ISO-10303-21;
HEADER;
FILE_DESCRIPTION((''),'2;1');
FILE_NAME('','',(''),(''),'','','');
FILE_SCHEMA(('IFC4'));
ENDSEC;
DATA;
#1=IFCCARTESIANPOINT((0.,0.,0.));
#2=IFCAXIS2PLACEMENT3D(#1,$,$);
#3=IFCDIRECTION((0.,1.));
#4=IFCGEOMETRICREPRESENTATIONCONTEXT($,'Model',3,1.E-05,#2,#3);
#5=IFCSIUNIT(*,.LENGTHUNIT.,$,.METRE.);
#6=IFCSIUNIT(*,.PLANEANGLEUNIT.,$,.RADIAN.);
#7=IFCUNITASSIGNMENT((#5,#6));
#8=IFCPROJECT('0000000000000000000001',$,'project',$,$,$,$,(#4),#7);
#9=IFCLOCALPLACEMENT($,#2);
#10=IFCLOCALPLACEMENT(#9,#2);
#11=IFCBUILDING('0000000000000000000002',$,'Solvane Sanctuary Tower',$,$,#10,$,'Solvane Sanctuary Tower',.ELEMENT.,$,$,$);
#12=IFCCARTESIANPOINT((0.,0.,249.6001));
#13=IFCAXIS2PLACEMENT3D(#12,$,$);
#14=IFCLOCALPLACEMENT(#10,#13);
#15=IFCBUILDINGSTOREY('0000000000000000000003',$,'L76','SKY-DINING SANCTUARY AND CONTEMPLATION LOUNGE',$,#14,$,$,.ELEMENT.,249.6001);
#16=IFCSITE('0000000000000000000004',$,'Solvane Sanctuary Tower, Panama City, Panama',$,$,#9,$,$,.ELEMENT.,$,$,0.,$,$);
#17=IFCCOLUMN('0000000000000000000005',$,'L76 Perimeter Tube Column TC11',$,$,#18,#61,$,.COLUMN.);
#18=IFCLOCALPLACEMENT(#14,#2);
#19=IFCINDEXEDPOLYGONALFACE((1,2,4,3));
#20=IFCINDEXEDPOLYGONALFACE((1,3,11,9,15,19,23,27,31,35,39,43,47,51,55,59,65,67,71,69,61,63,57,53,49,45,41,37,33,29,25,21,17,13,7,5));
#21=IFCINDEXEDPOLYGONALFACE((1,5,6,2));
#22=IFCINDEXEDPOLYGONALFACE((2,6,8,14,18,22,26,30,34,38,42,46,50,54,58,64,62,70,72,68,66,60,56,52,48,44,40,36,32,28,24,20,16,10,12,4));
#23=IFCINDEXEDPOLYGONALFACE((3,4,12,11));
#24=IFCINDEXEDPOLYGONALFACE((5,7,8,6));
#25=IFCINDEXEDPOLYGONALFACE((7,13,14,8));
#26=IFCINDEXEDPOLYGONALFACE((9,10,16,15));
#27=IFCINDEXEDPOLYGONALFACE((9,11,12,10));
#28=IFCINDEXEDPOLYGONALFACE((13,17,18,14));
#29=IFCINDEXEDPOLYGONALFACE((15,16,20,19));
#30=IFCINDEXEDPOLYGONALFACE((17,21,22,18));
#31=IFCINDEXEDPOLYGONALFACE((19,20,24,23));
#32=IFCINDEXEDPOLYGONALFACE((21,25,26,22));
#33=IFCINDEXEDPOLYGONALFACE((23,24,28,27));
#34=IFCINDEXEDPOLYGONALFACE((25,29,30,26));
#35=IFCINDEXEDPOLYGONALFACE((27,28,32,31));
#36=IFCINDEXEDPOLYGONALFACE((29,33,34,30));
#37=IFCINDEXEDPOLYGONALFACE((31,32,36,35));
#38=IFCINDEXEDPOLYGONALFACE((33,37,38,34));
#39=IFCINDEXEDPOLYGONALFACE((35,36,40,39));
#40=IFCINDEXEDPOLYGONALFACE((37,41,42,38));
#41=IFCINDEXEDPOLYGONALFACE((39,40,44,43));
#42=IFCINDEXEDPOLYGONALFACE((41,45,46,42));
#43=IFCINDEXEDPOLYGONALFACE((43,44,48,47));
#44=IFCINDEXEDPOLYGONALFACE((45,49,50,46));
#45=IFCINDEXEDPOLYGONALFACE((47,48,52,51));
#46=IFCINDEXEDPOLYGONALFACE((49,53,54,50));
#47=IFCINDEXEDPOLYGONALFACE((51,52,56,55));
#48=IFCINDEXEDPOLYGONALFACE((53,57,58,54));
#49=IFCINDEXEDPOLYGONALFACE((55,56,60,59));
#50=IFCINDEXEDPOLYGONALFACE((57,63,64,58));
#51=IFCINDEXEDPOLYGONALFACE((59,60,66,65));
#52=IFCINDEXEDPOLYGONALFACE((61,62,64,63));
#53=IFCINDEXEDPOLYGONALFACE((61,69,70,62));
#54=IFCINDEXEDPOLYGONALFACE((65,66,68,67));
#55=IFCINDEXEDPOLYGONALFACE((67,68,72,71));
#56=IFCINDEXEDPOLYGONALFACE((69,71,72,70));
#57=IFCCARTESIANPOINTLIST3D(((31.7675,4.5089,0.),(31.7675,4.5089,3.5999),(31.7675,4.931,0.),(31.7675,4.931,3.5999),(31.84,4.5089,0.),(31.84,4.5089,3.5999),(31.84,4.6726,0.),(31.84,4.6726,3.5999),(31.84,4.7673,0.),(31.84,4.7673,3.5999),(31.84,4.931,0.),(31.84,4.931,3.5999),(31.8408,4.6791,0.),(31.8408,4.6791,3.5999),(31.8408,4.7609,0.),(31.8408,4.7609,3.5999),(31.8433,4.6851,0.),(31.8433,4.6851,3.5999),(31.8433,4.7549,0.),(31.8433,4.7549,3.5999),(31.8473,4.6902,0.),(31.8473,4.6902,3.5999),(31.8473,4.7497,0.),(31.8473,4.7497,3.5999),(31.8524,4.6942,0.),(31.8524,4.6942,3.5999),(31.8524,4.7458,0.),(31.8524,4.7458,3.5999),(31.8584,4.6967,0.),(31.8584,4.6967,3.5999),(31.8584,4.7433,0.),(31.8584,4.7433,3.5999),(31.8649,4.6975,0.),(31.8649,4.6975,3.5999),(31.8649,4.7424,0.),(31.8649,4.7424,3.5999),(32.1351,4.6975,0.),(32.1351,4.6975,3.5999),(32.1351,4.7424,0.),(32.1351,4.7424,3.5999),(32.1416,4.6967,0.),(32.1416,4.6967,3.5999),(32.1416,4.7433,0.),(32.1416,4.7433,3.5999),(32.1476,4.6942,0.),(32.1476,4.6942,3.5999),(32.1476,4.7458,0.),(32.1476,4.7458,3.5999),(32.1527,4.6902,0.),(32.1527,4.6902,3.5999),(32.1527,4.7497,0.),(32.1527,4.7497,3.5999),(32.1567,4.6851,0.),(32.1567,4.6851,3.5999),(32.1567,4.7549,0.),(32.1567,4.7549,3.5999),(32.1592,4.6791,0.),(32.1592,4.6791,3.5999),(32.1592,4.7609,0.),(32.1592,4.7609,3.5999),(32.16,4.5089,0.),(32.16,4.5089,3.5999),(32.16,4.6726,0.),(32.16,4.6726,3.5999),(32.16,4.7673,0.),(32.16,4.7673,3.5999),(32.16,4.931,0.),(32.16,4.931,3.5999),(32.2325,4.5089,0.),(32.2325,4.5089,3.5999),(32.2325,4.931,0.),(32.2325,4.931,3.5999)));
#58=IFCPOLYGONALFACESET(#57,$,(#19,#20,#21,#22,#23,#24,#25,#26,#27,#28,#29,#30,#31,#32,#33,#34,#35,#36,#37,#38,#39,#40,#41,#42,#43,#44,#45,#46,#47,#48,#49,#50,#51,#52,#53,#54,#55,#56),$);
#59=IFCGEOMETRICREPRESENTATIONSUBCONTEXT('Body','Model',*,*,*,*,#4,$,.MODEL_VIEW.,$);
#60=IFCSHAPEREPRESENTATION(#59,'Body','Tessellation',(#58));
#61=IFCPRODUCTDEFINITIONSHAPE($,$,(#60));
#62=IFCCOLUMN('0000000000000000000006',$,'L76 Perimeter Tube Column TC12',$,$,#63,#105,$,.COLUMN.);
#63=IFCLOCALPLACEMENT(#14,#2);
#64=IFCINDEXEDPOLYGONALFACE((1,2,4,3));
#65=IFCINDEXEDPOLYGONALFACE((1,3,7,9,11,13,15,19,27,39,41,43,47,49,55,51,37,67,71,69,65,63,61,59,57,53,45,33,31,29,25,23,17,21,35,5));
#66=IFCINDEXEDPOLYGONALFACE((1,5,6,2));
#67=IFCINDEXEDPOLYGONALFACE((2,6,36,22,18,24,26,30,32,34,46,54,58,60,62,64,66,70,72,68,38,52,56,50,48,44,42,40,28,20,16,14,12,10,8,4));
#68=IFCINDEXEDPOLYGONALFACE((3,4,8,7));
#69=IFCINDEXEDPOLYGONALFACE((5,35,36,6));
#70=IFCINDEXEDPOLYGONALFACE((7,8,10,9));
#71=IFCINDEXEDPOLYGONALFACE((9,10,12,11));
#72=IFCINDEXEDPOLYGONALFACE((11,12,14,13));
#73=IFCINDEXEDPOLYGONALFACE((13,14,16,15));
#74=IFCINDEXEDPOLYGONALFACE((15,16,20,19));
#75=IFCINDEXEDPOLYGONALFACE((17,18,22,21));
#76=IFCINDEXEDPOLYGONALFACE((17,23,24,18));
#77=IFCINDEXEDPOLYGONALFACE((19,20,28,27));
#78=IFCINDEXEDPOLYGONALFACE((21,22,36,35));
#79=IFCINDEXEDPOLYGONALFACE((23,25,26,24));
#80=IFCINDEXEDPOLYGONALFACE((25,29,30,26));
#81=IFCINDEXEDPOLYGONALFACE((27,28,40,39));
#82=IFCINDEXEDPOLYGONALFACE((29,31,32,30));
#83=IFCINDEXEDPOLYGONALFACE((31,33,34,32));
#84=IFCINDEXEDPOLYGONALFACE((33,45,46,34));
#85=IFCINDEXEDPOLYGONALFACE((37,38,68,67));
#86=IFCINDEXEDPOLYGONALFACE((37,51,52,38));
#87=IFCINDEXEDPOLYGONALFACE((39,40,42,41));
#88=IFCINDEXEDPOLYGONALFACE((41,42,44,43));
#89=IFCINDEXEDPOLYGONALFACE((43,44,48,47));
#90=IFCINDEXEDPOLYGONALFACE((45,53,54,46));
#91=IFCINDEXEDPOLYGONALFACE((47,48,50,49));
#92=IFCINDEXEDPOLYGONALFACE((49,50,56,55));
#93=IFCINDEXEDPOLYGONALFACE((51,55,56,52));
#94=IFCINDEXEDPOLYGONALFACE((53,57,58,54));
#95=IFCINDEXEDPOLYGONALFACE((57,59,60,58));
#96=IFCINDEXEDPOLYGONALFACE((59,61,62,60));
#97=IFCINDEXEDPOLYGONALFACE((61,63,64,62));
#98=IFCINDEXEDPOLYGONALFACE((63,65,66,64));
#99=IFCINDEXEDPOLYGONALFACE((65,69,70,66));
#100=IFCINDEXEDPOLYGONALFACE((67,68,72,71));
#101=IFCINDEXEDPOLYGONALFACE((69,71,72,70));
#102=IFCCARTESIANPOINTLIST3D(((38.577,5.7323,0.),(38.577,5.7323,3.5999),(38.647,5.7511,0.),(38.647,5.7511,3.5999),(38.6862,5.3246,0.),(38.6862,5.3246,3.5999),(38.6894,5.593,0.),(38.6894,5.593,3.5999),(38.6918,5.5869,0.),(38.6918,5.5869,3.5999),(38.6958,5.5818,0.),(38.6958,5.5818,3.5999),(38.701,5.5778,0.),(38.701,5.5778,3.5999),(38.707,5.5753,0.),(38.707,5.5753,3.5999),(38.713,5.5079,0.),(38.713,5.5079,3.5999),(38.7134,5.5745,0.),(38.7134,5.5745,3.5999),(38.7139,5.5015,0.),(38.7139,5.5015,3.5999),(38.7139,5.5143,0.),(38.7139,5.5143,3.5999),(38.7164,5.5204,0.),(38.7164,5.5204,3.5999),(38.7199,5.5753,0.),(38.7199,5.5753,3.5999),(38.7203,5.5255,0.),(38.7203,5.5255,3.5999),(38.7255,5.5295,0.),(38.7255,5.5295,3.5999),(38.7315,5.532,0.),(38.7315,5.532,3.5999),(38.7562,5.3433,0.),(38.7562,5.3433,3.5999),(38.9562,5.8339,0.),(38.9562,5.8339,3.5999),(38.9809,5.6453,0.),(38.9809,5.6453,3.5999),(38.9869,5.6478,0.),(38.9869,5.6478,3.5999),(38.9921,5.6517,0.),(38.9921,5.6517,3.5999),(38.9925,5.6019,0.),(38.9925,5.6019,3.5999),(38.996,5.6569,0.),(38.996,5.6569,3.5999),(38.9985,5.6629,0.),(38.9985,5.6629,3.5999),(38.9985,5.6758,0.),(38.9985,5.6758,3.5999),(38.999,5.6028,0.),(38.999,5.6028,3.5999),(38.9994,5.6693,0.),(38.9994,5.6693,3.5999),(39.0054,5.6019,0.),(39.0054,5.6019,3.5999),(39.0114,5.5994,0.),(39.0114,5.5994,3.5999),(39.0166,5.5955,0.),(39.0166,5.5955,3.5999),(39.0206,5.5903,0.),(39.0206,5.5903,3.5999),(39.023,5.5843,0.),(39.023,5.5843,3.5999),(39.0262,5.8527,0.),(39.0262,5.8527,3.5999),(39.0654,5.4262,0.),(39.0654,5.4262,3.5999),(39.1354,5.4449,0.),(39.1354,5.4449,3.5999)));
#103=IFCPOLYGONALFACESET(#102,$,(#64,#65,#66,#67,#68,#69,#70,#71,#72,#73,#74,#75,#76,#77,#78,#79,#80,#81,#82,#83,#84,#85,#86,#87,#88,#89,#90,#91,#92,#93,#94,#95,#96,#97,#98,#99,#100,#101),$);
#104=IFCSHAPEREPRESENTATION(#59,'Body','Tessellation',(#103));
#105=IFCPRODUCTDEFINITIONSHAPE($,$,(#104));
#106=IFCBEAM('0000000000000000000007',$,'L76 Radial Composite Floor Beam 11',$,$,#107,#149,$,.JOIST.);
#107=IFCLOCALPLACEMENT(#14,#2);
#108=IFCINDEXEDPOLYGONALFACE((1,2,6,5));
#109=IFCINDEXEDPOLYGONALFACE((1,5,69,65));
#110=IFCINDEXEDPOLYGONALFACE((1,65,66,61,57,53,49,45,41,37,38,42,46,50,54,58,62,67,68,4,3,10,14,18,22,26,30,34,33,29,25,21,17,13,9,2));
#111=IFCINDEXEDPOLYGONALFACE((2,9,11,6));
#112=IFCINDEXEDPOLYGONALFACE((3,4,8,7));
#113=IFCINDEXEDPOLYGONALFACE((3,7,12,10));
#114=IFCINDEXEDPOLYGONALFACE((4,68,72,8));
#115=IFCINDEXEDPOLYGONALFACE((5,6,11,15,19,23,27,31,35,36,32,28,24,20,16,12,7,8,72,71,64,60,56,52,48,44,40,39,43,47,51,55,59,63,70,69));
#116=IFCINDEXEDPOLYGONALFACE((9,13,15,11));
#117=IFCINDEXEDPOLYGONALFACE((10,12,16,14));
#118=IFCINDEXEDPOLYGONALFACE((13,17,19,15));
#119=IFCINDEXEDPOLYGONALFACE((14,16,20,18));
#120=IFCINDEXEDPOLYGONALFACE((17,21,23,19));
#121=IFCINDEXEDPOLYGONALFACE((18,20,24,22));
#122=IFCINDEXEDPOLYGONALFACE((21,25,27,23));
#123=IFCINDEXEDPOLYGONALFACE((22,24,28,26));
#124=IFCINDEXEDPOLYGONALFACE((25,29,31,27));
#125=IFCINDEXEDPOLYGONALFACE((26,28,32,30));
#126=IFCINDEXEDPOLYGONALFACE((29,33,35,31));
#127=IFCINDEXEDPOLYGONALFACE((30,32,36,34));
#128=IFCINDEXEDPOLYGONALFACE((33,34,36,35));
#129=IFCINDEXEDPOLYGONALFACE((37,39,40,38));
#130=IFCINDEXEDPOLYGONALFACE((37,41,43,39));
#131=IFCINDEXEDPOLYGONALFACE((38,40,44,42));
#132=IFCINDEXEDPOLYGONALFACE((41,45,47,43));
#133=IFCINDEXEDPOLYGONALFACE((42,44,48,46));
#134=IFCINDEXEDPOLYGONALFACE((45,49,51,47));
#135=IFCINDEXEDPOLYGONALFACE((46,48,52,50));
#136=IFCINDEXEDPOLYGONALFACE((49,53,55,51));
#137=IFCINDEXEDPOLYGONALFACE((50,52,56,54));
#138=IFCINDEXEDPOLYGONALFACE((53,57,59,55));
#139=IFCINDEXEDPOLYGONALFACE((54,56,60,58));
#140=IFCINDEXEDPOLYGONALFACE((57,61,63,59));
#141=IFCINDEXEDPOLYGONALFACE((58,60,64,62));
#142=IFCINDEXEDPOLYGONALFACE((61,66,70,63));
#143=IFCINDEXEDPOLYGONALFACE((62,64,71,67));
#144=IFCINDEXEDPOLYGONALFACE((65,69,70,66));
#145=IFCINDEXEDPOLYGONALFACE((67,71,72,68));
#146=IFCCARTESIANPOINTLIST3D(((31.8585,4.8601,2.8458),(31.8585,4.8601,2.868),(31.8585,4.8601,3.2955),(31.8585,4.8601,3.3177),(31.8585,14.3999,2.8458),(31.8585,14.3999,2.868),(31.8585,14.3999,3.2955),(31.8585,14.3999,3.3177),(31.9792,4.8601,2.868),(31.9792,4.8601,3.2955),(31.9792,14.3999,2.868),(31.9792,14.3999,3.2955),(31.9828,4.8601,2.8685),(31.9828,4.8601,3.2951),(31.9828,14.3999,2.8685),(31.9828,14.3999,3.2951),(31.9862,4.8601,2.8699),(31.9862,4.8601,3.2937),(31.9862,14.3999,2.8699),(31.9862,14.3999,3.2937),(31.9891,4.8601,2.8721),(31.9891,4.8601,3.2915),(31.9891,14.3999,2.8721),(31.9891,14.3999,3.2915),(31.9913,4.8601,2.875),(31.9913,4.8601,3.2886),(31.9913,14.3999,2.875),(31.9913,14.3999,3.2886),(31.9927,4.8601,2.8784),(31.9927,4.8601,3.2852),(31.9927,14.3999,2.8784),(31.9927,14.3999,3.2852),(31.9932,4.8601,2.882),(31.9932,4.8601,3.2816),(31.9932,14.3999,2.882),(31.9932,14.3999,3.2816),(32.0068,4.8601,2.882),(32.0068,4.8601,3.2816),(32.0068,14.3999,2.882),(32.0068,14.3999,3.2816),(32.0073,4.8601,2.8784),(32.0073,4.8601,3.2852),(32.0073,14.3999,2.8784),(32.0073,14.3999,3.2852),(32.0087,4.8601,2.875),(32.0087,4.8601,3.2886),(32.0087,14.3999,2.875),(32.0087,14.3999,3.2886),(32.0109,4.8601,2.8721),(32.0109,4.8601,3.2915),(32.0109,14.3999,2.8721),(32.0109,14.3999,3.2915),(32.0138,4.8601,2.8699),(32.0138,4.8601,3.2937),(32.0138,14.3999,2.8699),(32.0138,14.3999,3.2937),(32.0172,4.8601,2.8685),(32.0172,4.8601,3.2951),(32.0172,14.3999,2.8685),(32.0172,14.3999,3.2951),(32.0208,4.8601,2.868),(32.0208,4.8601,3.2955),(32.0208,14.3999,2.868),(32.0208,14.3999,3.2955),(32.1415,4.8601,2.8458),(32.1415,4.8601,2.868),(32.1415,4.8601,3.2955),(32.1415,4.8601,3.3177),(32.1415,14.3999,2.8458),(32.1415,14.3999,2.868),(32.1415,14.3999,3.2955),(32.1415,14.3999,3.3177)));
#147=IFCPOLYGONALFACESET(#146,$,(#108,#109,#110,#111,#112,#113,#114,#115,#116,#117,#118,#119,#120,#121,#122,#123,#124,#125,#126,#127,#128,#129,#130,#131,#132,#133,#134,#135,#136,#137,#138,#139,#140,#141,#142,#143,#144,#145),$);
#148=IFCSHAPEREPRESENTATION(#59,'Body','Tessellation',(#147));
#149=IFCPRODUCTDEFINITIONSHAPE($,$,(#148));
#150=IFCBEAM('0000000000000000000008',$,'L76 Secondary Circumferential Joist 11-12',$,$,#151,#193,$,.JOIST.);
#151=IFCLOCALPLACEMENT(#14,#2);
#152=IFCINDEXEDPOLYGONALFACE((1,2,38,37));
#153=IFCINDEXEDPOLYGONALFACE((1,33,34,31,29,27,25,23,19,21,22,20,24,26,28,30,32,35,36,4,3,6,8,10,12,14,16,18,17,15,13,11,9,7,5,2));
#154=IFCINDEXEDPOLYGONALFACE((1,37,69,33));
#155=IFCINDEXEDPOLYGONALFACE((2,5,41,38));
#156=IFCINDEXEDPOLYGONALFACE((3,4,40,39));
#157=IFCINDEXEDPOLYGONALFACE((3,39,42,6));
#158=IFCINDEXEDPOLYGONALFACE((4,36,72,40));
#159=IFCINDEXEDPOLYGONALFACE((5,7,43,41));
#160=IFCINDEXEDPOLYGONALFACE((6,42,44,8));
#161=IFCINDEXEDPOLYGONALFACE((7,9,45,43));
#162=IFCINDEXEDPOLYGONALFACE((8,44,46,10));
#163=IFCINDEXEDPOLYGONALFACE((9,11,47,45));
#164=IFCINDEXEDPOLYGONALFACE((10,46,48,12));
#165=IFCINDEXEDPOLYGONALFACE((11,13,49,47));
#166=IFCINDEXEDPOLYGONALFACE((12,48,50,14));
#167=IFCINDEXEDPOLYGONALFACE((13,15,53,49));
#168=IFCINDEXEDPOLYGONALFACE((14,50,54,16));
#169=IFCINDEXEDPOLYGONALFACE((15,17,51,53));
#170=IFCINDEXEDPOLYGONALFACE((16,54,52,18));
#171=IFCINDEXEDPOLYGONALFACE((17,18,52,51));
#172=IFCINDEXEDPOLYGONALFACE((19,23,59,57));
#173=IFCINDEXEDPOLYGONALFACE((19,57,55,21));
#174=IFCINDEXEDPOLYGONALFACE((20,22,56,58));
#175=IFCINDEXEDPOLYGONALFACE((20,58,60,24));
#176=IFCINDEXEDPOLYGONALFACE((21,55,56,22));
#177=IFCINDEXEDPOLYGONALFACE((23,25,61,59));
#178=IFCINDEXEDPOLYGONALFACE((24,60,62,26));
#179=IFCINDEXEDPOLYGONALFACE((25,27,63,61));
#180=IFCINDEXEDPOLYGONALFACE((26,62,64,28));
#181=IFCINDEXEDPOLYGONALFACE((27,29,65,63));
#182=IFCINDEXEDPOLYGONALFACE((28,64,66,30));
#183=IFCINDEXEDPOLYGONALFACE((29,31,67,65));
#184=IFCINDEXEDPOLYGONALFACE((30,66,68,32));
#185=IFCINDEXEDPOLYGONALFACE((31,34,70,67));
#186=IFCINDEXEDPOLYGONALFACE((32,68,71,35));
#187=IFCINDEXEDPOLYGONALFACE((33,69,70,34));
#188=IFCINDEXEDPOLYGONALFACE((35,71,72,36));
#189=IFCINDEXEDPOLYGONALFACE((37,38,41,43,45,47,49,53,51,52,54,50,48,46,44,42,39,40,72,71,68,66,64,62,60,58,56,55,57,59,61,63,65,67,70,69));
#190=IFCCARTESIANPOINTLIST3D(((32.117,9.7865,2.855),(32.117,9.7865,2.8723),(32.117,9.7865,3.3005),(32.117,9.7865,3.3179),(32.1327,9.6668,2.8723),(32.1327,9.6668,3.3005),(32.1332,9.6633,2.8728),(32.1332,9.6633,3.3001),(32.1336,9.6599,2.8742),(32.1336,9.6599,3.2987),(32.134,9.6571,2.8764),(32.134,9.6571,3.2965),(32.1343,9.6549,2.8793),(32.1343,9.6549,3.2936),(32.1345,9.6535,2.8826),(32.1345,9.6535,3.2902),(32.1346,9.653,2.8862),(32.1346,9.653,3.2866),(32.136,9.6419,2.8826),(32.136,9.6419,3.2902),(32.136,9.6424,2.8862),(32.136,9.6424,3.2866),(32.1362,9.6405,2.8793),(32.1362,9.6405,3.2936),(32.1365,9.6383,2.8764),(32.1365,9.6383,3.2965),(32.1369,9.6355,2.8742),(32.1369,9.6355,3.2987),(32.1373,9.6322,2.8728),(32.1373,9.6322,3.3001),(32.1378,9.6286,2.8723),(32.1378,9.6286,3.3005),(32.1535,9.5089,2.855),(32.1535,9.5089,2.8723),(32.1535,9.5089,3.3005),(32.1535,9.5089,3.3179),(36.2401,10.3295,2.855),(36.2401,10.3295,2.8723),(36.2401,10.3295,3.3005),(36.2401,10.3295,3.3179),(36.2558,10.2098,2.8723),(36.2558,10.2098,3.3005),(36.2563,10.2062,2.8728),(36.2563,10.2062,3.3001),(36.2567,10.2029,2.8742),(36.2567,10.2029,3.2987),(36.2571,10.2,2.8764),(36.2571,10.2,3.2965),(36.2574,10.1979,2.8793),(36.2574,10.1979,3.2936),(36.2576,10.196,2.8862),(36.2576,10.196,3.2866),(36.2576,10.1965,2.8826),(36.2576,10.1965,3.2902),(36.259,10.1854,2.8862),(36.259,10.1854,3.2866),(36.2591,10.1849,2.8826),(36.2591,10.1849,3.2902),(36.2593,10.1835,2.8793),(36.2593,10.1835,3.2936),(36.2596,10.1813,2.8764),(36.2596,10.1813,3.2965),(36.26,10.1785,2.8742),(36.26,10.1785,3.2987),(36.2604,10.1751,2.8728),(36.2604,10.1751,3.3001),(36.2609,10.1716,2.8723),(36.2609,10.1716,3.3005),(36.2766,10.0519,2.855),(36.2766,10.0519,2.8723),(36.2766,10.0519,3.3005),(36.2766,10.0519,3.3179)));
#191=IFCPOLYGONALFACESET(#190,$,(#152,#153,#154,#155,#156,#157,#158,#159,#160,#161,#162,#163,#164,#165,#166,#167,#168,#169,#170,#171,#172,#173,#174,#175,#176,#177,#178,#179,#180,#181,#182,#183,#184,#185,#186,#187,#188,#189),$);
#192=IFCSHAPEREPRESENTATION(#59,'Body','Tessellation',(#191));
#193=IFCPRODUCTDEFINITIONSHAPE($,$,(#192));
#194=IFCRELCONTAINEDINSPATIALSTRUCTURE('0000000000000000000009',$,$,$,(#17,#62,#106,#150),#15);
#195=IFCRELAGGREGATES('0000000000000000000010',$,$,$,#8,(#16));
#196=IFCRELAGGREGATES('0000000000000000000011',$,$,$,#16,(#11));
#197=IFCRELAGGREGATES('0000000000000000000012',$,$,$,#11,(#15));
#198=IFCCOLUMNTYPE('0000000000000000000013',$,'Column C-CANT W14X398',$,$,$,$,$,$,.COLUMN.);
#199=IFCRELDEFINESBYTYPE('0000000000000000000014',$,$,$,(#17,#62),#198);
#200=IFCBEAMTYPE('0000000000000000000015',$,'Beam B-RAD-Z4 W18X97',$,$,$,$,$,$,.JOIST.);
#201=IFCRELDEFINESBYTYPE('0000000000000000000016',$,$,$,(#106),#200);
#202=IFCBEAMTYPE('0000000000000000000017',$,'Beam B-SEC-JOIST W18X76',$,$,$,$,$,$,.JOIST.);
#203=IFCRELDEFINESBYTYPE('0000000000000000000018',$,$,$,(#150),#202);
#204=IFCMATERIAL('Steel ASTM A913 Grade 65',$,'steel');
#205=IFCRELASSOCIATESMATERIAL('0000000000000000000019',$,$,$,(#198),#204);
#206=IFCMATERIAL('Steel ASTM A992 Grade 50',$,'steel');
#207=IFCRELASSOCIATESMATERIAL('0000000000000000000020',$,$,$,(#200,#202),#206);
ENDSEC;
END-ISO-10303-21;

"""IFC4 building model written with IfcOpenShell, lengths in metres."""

from ifc_helpers import new_model, si_unit, direction, frame, origin, origin_2d, place, context, subcontext, project, spatial, i_section, extrude, material, material_profile, profile_set, type_object, element, save


model = new_model("IFC4")

# Units and contexts
model_context = context("Model", 3, precision=1e-05, world=origin(), true_north=direction((0.0, 1.0)))
body_context = subcontext(model_context, "Body", "Model", "MODEL_VIEW")
ifc_project = project(units=[si_unit("LENGTHUNIT", "METRE"), si_unit("PLANEANGLEUNIT", "RADIAN")], contexts=[model_context])

# Site, building, storey
site_placement = place(None, origin())
site = spatial("IfcSite", under=ifc_project, at=site_placement, Name="Solvane Sanctuary Tower, Panama City, Panama", CompositionType="ELEMENT", RefElevation=0.0)
building_placement = place(site_placement, origin())
building = spatial("IfcBuilding", under=site, at=building_placement, Name="Solvane Sanctuary Tower", LongName="Solvane Sanctuary Tower", CompositionType="ELEMENT")
storey_placement = place(building_placement, frame((0.0, 0.0, 249.6001)))
storey = spatial("IfcBuildingStorey", under=building, at=storey_placement, Name="L76", Description="SKY-DINING SANCTUARY AND CONTEMPLATION LOUNGE", CompositionType="ELEMENT", Elevation=249.6001)

# Columns
ifc_material_1 = material(Name="Steel ASTM A913 Grade 65", Category="steel")
ifc_material_profile_1 = material_profile(ifc_material_1, i_section(OverallWidth=0.4221, OverallDepth=0.4651, WebThickness=0.0449, FlangeThickness=0.0725, FilletRadius=0.0249, at=origin_2d()), Name="W14X398")
ifc_profile_set_1 = profile_set([ifc_material_profile_1], Name="Steel ASTM A913 Grade 65")
column_type = type_object("IfcColumnType", Name="Column C-CANT W14X398", PredefinedType="COLUMN", material=ifc_profile_set_1)
for number, where, z_axis, x_axis, name in (
    (1, (32.0, 4.72, 0.0), (0.0, 0.0, 1.0), (0.0, -1.0, 0.0), "L76 Perimeter Tube Column TC11"),
    (2, (38.8562, 5.5886, 0.0), (0.0, 0.0, 1.0), (0.258819, -0.965926, 0.0), "L76 Perimeter Tube Column TC12"),
):
    element("IfcColumn", number, at=place(storey_placement, frame(where, z_axis=z_axis, x_axis=x_axis)), inside=storey, type_object=column_type, Name=name, PredefinedType="COLUMN", context=body_context, shape_type="SweptSolid", body=[
        extrude(i_section(OverallWidth=0.4221, OverallDepth=0.4651, WebThickness=0.0449, FlangeThickness=0.0725, FilletRadius=0.0249, at=origin_2d()), origin(), (0.0, 0.0, 1.0), 3.5999),
    ])

# Beams
ifc_material_2 = material(Name="Steel ASTM A992 Grade 50", Category="steel")
ifc_material_profile_2 = material_profile(ifc_material_2, i_section(OverallWidth=0.283, OverallDepth=0.4719, WebThickness=0.0137, FlangeThickness=0.0222, FilletRadius=0.0139, at=origin_2d()), Name="W18X97")
ifc_profile_set_2 = profile_set([ifc_material_profile_2], Name="Steel ASTM A992 Grade 50")
beam_type_1 = type_object("IfcBeamType", Name="Beam B-RAD-Z4 W18X97", PredefinedType="JOIST", material=ifc_profile_set_2)
beam_1_placement = place(storey_placement, frame((32.0, 14.3999, 3.0818), z_axis=(0.0, -1.0, 0.0), x_axis=(1.0, 0.0, 0.0)))
element("IfcBeam", 3, at=beam_1_placement, inside=storey, type_object=beam_type_1, Name="L76 Radial Composite Floor Beam 11", PredefinedType="JOIST", context=body_context, shape_type="SweptSolid", body=[
    extrude(i_section(OverallWidth=0.283, OverallDepth=0.4719, WebThickness=0.0137, FlangeThickness=0.0222, FilletRadius=0.0139, at=origin_2d()), origin(), (0.0, 0.0, 1.0), 9.5398),
])
ifc_material_profile_3 = material_profile(ifc_material_2, i_section(OverallWidth=0.28, OverallDepth=0.4629, WebThickness=0.0107, FlangeThickness=0.0173, FilletRadius=0.0139, at=origin_2d()), Name="W18X76")
ifc_profile_set_3 = profile_set([ifc_material_profile_3], Name="Steel ASTM A992 Grade 50")
beam_type_2 = type_object("IfcBeamType", Name="Beam B-SEC-JOIST W18X76", PredefinedType="JOIST", material=ifc_profile_set_3)
beam_2_placement = place(storey_placement, frame((32.1353, 9.6477, 3.0864), z_axis=(0.99144, 0.130564, 0.0), x_axis=(-0.130564, 0.99144, 0.0)))
element("IfcBeam", 4, at=beam_2_placement, inside=storey, type_object=beam_type_2, Name="L76 Secondary Circumferential Joist 11-12", PredefinedType="JOIST", context=body_context, shape_type="SweptSolid", body=[
    extrude(i_section(OverallWidth=0.28, OverallDepth=0.4629, WebThickness=0.0107, FlangeThickness=0.0173, FilletRadius=0.0139, at=origin_2d()), origin(), (0.0, 0.0, 1.0), 4.1587),
])

save(model, "model.ifc")
